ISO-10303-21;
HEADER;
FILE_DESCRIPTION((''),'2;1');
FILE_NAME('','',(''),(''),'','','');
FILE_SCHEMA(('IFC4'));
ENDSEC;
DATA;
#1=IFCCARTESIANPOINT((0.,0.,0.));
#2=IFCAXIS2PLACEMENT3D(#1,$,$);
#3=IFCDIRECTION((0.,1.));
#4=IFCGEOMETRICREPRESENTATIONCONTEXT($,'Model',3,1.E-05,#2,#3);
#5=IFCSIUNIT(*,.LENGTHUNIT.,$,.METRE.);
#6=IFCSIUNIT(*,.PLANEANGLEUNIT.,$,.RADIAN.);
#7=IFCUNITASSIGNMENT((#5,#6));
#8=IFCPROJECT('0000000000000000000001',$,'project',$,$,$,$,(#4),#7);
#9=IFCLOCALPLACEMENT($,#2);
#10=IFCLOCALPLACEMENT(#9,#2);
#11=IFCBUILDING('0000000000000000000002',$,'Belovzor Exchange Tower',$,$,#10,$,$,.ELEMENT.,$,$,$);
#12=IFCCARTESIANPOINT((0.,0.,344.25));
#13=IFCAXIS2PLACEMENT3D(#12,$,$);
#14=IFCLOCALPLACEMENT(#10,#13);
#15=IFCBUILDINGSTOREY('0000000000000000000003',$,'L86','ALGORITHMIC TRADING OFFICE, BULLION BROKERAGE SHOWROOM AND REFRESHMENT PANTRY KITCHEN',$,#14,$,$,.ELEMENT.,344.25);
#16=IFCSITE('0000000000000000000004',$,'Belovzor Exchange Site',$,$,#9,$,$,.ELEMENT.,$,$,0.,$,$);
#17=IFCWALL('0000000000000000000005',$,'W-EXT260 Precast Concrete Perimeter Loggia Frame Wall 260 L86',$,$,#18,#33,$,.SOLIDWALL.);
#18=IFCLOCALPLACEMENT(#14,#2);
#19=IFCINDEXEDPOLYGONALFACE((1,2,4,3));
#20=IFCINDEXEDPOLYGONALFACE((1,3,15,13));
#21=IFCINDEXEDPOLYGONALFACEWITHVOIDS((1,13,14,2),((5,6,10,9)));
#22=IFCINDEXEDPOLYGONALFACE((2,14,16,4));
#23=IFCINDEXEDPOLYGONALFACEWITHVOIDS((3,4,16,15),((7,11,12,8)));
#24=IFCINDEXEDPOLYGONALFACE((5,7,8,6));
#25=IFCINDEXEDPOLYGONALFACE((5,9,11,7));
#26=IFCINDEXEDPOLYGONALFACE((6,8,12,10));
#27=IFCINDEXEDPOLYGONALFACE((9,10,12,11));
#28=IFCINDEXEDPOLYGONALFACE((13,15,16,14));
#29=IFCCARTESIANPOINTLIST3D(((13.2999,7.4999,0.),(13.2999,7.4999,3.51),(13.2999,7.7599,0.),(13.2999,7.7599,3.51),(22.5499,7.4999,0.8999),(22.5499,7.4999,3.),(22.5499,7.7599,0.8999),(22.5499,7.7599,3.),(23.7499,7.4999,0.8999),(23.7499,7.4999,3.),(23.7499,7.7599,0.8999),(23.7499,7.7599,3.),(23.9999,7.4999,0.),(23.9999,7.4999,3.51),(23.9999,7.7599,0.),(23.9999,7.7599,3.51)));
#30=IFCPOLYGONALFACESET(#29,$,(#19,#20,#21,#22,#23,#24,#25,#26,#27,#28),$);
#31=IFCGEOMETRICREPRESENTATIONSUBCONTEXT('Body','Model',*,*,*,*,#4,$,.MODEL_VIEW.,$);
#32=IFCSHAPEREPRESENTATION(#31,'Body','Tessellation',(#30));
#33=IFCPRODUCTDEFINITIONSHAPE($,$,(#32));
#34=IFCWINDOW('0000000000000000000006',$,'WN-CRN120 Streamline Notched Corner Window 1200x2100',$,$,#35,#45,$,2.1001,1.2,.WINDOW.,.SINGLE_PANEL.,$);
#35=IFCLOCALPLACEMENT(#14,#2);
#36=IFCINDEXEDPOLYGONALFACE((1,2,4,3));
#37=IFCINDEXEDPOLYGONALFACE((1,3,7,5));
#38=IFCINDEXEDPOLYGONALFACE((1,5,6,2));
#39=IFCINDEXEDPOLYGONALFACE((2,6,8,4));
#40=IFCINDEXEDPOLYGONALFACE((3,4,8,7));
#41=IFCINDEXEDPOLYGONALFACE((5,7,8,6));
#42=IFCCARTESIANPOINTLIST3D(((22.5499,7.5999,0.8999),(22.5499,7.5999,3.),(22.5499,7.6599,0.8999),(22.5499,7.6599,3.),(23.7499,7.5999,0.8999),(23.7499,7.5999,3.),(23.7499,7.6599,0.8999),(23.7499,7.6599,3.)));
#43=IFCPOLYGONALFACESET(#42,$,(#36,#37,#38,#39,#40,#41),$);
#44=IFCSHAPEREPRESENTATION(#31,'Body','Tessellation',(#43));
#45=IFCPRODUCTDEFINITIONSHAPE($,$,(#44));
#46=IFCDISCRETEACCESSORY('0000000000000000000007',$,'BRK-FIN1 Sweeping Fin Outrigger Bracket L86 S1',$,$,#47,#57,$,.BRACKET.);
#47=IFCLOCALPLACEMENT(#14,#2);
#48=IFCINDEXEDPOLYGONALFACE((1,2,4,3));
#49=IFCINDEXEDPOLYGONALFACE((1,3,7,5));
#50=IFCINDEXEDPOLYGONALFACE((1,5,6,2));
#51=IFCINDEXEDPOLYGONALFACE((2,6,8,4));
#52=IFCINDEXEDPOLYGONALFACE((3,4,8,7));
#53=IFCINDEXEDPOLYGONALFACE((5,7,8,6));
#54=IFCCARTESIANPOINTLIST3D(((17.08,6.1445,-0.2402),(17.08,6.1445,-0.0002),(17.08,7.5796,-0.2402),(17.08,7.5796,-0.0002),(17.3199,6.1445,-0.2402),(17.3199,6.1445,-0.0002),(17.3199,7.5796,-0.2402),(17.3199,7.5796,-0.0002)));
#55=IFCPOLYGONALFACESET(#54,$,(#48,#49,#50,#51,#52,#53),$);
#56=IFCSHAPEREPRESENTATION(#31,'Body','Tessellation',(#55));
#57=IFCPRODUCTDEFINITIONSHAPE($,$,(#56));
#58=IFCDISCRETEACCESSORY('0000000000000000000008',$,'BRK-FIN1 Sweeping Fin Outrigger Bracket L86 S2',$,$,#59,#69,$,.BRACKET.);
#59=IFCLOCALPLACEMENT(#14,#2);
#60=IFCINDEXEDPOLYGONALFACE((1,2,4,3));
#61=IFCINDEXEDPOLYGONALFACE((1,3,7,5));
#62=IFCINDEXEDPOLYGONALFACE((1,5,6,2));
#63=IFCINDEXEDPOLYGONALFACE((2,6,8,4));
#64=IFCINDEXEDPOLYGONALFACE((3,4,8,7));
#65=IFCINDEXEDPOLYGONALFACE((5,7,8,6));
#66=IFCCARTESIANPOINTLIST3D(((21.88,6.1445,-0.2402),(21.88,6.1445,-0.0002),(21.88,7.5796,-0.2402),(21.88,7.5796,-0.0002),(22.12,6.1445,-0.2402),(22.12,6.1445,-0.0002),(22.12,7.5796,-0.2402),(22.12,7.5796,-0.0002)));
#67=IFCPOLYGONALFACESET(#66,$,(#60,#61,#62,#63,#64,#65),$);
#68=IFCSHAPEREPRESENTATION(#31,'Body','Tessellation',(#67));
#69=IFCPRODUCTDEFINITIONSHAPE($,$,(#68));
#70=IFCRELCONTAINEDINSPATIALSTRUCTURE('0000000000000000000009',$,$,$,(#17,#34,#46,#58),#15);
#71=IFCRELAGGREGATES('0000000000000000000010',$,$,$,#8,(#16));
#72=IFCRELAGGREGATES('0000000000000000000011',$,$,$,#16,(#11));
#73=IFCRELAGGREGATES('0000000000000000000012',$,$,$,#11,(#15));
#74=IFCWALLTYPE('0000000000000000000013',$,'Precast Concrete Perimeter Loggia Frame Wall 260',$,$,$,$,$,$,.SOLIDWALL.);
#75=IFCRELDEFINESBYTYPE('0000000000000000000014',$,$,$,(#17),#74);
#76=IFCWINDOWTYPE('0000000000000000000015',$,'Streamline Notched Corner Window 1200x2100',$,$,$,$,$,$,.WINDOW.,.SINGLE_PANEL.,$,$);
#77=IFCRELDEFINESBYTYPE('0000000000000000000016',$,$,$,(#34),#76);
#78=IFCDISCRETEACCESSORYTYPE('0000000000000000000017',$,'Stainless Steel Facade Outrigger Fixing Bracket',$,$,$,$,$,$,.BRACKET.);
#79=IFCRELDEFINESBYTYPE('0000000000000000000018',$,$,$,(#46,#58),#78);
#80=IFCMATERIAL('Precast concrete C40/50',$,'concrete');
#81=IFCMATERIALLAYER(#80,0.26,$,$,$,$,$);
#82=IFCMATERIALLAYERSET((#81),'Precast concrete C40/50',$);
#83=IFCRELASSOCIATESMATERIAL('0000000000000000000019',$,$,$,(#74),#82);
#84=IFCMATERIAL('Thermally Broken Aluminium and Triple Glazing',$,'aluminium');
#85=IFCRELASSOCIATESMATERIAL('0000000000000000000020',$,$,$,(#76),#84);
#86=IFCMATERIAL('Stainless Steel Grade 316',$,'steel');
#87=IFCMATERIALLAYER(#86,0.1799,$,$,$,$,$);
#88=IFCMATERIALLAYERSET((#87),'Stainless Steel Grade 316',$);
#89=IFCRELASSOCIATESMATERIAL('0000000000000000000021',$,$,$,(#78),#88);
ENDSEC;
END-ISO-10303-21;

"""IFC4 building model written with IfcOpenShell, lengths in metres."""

from ifc_helpers import new_model, si_unit, direction, frame, frame_2d, origin, origin_2d, place, context, subcontext, project, spatial, rectangle, extrude, material, layer, layer_set, type_object, element, fill, save


model = new_model("IFC4")

# Units and contexts
model_context = context("Model", 3, precision=1e-05, world=origin(), true_north=direction((0.0, 1.0)))
body_context = subcontext(model_context, "Body", "Model", "MODEL_VIEW")
ifc_project = project(units=[si_unit("LENGTHUNIT", "METRE"), si_unit("PLANEANGLEUNIT", "RADIAN")], contexts=[model_context])

# Site, building, storey
site_placement = place(None, origin())
site = spatial("IfcSite", under=ifc_project, at=site_placement, Name="Belovzor Exchange Site", CompositionType="ELEMENT", RefElevation=0.0)
building_placement = place(site_placement, origin())
building = spatial("IfcBuilding", under=site, at=building_placement, Name="Belovzor Exchange Tower", CompositionType="ELEMENT")
storey_placement = place(building_placement, frame((0.0, 0.0, 344.25)))
storey = spatial("IfcBuildingStorey", under=building, at=storey_placement, Name="L86", Description="ALGORITHMIC TRADING OFFICE, BULLION BROKERAGE SHOWROOM AND REFRESHMENT PANTRY KITCHEN", CompositionType="ELEMENT", Elevation=344.25)

# Wall, opening, window
ifc_material_1 = material(Name="Precast concrete C40/50", Category="concrete")
ifc_layer_1 = layer(ifc_material_1, 0.26)
ifc_layer_set_1 = layer_set([ifc_layer_1], Name="Precast concrete C40/50")
wall_type_1 = type_object("IfcWallType", Name="Precast Concrete Perimeter Loggia Frame Wall 260", PredefinedType="SOLIDWALL", material=ifc_layer_set_1)
wall_1_placement = place(storey_placement, frame((24.0, 7.6299, 0.0), z_axis=(0.0, 0.0, 1.0), x_axis=(-1.0, 0.0, 0.0)))
wall_1 = element("IfcWall", 1, at=wall_1_placement, inside=storey, type_object=wall_type_1, Name="W-EXT260 Precast Concrete Perimeter Loggia Frame Wall 260 L86", PredefinedType="SOLIDWALL", context=body_context, shape_type="SweptSolid", body=[
    extrude(rectangle(XDim=10.7, YDim=0.26, at=frame_2d((5.3501, 0.0))), origin(), (0.0, 0.0, 1.0), 3.51),
])
opening_1_placement = place(wall_1_placement, frame((0.25, 0.0, 0.8999)))
opening_1 = element("IfcOpeningElement", 2, at=opening_1_placement, cuts=wall_1, PredefinedType="OPENING", context=body_context, shape_type="SweptSolid", body=[
    extrude(rectangle(XDim=1.2, YDim=2.1001, at=frame_2d((0.6001, 1.05))), frame((0.0, 0.1399, 0.0), z_axis=(0.0, -1.0, 0.0), x_axis=(1.0, 0.0, 0.0)), (0.0, 0.0, 1.0), 0.28),
])
ifc_material_2 = material(Name="Thermally Broken Aluminium and Triple Glazing", Category="aluminium")
window_type = type_object("IfcWindowType", Name="Streamline Notched Corner Window 1200x2100", PartitioningType="SINGLE_PANEL", PredefinedType="WINDOW", material=ifc_material_2)
window_placement = place(opening_1_placement, origin())
window = element("IfcWindow", 3, at=window_placement, inside=storey, type_object=window_type, Name="WN-CRN120 Streamline Notched Corner Window 1200x2100", OverallHeight=2.1001, OverallWidth=1.2, PartitioningType="SINGLE_PANEL", PredefinedType="WINDOW", context=body_context, shape_type="SweptSolid", body=[
    extrude(rectangle(XDim=1.2, YDim=2.1001, at=frame_2d((0.6001, 1.05))), frame((0.0, 0.03, 0.0), z_axis=(0.0, -1.0, 0.0), x_axis=(1.0, 0.0, 0.0)), (0.0, 0.0, 1.0), 0.0601),
])
fill(opening_1, window)

# Discrete accessories
ifc_material_3 = material(Name="Stainless Steel Grade 316", Category="steel")
ifc_layer_2 = layer(ifc_material_3, 0.1799)
ifc_layer_set_2 = layer_set([ifc_layer_2], Name="Stainless Steel Grade 316")
discrete_accessory_type = type_object("IfcDiscreteAccessoryType", Name="Stainless Steel Facade Outrigger Fixing Bracket", PredefinedType="BRACKET", material=ifc_layer_set_2)
for number, where, z_axis, x_axis, name in (
    (4, (17.2, 6.8621, -0.2402), (0.0, 0.0, 1.0), (0.0, 1.0, 0.0), "BRK-FIN1 Sweeping Fin Outrigger Bracket L86 S1"),
    (5, (22.0, 6.8621, -0.2402), (0.0, 0.0, 1.0), (0.0, 1.0, 0.0), "BRK-FIN1 Sweeping Fin Outrigger Bracket L86 S2"),
):
    element("IfcDiscreteAccessory", number, at=place(storey_placement, frame(where, z_axis=z_axis, x_axis=x_axis)), inside=storey, type_object=discrete_accessory_type, Name=name, PredefinedType="BRACKET", context=body_context, shape_type="SweptSolid", body=[
        extrude(rectangle(XDim=1.4351, YDim=0.24, at=origin_2d()), origin(), (0.0, 0.0, 1.0), 0.24),
    ])

save(model, "model.ifc")
